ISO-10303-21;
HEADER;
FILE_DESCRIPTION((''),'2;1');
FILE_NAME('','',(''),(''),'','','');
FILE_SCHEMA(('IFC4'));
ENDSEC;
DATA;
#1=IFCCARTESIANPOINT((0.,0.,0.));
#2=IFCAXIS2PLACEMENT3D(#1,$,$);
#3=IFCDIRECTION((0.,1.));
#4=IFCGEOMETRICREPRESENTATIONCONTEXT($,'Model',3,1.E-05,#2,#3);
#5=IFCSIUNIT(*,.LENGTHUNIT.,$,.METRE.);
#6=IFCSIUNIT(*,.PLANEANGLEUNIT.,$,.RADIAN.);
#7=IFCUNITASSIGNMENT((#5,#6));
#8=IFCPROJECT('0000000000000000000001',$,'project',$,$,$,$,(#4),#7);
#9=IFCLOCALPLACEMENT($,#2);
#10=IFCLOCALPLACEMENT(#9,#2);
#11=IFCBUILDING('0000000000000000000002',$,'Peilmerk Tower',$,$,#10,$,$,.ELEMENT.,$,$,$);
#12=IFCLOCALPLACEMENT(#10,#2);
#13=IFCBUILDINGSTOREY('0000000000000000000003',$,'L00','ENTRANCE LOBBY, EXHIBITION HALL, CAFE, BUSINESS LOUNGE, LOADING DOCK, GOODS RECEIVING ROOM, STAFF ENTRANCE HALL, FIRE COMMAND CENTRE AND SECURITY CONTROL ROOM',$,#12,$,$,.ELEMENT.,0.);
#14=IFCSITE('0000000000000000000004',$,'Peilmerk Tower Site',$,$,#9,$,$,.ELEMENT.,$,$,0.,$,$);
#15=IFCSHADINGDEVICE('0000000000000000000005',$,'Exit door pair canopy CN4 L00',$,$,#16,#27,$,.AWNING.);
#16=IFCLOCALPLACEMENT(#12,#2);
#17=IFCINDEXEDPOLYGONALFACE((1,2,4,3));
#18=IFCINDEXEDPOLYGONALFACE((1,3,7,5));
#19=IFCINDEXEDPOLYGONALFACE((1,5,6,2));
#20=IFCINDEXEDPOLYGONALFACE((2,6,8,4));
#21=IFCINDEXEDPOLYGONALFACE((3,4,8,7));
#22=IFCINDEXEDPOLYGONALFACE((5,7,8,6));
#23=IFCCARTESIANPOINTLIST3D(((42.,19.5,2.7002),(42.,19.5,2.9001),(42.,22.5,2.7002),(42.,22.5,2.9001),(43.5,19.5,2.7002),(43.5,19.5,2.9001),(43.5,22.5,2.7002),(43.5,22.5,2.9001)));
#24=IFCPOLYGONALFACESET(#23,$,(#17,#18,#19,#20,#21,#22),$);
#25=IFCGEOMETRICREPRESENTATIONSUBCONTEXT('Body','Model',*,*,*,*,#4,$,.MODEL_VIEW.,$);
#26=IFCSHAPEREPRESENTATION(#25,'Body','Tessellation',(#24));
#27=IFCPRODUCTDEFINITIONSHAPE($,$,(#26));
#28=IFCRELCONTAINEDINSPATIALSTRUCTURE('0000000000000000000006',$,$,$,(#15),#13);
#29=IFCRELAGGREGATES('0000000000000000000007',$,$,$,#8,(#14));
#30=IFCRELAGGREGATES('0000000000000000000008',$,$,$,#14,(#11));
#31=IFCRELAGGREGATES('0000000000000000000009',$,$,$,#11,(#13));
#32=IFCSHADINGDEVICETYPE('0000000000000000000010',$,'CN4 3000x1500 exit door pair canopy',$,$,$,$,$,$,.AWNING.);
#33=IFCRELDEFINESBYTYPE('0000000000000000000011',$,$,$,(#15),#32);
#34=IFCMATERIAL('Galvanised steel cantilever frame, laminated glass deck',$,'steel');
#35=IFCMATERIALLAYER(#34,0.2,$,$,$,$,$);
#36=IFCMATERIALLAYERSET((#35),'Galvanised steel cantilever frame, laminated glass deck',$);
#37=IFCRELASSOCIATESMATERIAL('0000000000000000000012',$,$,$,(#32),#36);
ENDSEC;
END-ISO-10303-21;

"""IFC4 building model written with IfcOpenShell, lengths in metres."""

from ifc_helpers import new_model, si_unit, direction, frame, origin, origin_2d, place, context, subcontext, project, spatial, rectangle, extrude, material, layer, layer_set, type_object, element, save


model = new_model("IFC4")

# Units and contexts
model_context = context("Model", 3, precision=1e-05, world=origin(), true_north=direction((0.0, 1.0)))
body_context = subcontext(model_context, "Body", "Model", "MODEL_VIEW")
ifc_project = project(units=[si_unit("LENGTHUNIT", "METRE"), si_unit("PLANEANGLEUNIT", "RADIAN")], contexts=[model_context])

# Site, building, storey
site_placement = place(None, origin())
site = spatial("IfcSite", under=ifc_project, at=site_placement, Name="Peilmerk Tower Site", CompositionType="ELEMENT", RefElevation=0.0)
building_placement = place(site_placement, origin())
building = spatial("IfcBuilding", under=site, at=building_placement, Name="Peilmerk Tower", CompositionType="ELEMENT")
storey_placement = place(building_placement, origin())
storey = spatial("IfcBuildingStorey", under=building, at=storey_placement, Name="L00", Description="ENTRANCE LOBBY, EXHIBITION HALL, CAFE, BUSINESS LOUNGE, LOADING DOCK, GOODS RECEIVING ROOM, STAFF ENTRANCE HALL, FIRE COMMAND CENTRE AND SECURITY CONTROL ROOM", CompositionType="ELEMENT", Elevation=0.0)

# Shading device
ifc_material_1 = material(Name="Galvanised steel cantilever frame, laminated glass deck", Category="steel")
ifc_layer_1 = layer(ifc_material_1, 0.2)
ifc_layer_set_1 = layer_set([ifc_layer_1], Name="Galvanised steel cantilever frame, laminated glass deck")
shading_device_type = type_object("IfcShadingDeviceType", Name="CN4 3000x1500 exit door pair canopy", PredefinedType="AWNING", material=ifc_layer_set_1)
shading_device_placement = place(storey_placement, frame((42.75, 21.0, 2.7002), z_axis=(0.0, 0.0, 1.0), x_axis=(0.0, -1.0, 0.0)))
element("IfcShadingDevice", 1, at=shading_device_placement, inside=storey, type_object=shading_device_type, Name="Exit door pair canopy CN4 L00", PredefinedType="AWNING", context=body_context, shape_type="SweptSolid", body=[
    extrude(rectangle(XDim=3.0, YDim=1.5, at=origin_2d()), origin(), (0.0, 0.0, 1.0), 0.2),
])

save(model, "model.ifc")
